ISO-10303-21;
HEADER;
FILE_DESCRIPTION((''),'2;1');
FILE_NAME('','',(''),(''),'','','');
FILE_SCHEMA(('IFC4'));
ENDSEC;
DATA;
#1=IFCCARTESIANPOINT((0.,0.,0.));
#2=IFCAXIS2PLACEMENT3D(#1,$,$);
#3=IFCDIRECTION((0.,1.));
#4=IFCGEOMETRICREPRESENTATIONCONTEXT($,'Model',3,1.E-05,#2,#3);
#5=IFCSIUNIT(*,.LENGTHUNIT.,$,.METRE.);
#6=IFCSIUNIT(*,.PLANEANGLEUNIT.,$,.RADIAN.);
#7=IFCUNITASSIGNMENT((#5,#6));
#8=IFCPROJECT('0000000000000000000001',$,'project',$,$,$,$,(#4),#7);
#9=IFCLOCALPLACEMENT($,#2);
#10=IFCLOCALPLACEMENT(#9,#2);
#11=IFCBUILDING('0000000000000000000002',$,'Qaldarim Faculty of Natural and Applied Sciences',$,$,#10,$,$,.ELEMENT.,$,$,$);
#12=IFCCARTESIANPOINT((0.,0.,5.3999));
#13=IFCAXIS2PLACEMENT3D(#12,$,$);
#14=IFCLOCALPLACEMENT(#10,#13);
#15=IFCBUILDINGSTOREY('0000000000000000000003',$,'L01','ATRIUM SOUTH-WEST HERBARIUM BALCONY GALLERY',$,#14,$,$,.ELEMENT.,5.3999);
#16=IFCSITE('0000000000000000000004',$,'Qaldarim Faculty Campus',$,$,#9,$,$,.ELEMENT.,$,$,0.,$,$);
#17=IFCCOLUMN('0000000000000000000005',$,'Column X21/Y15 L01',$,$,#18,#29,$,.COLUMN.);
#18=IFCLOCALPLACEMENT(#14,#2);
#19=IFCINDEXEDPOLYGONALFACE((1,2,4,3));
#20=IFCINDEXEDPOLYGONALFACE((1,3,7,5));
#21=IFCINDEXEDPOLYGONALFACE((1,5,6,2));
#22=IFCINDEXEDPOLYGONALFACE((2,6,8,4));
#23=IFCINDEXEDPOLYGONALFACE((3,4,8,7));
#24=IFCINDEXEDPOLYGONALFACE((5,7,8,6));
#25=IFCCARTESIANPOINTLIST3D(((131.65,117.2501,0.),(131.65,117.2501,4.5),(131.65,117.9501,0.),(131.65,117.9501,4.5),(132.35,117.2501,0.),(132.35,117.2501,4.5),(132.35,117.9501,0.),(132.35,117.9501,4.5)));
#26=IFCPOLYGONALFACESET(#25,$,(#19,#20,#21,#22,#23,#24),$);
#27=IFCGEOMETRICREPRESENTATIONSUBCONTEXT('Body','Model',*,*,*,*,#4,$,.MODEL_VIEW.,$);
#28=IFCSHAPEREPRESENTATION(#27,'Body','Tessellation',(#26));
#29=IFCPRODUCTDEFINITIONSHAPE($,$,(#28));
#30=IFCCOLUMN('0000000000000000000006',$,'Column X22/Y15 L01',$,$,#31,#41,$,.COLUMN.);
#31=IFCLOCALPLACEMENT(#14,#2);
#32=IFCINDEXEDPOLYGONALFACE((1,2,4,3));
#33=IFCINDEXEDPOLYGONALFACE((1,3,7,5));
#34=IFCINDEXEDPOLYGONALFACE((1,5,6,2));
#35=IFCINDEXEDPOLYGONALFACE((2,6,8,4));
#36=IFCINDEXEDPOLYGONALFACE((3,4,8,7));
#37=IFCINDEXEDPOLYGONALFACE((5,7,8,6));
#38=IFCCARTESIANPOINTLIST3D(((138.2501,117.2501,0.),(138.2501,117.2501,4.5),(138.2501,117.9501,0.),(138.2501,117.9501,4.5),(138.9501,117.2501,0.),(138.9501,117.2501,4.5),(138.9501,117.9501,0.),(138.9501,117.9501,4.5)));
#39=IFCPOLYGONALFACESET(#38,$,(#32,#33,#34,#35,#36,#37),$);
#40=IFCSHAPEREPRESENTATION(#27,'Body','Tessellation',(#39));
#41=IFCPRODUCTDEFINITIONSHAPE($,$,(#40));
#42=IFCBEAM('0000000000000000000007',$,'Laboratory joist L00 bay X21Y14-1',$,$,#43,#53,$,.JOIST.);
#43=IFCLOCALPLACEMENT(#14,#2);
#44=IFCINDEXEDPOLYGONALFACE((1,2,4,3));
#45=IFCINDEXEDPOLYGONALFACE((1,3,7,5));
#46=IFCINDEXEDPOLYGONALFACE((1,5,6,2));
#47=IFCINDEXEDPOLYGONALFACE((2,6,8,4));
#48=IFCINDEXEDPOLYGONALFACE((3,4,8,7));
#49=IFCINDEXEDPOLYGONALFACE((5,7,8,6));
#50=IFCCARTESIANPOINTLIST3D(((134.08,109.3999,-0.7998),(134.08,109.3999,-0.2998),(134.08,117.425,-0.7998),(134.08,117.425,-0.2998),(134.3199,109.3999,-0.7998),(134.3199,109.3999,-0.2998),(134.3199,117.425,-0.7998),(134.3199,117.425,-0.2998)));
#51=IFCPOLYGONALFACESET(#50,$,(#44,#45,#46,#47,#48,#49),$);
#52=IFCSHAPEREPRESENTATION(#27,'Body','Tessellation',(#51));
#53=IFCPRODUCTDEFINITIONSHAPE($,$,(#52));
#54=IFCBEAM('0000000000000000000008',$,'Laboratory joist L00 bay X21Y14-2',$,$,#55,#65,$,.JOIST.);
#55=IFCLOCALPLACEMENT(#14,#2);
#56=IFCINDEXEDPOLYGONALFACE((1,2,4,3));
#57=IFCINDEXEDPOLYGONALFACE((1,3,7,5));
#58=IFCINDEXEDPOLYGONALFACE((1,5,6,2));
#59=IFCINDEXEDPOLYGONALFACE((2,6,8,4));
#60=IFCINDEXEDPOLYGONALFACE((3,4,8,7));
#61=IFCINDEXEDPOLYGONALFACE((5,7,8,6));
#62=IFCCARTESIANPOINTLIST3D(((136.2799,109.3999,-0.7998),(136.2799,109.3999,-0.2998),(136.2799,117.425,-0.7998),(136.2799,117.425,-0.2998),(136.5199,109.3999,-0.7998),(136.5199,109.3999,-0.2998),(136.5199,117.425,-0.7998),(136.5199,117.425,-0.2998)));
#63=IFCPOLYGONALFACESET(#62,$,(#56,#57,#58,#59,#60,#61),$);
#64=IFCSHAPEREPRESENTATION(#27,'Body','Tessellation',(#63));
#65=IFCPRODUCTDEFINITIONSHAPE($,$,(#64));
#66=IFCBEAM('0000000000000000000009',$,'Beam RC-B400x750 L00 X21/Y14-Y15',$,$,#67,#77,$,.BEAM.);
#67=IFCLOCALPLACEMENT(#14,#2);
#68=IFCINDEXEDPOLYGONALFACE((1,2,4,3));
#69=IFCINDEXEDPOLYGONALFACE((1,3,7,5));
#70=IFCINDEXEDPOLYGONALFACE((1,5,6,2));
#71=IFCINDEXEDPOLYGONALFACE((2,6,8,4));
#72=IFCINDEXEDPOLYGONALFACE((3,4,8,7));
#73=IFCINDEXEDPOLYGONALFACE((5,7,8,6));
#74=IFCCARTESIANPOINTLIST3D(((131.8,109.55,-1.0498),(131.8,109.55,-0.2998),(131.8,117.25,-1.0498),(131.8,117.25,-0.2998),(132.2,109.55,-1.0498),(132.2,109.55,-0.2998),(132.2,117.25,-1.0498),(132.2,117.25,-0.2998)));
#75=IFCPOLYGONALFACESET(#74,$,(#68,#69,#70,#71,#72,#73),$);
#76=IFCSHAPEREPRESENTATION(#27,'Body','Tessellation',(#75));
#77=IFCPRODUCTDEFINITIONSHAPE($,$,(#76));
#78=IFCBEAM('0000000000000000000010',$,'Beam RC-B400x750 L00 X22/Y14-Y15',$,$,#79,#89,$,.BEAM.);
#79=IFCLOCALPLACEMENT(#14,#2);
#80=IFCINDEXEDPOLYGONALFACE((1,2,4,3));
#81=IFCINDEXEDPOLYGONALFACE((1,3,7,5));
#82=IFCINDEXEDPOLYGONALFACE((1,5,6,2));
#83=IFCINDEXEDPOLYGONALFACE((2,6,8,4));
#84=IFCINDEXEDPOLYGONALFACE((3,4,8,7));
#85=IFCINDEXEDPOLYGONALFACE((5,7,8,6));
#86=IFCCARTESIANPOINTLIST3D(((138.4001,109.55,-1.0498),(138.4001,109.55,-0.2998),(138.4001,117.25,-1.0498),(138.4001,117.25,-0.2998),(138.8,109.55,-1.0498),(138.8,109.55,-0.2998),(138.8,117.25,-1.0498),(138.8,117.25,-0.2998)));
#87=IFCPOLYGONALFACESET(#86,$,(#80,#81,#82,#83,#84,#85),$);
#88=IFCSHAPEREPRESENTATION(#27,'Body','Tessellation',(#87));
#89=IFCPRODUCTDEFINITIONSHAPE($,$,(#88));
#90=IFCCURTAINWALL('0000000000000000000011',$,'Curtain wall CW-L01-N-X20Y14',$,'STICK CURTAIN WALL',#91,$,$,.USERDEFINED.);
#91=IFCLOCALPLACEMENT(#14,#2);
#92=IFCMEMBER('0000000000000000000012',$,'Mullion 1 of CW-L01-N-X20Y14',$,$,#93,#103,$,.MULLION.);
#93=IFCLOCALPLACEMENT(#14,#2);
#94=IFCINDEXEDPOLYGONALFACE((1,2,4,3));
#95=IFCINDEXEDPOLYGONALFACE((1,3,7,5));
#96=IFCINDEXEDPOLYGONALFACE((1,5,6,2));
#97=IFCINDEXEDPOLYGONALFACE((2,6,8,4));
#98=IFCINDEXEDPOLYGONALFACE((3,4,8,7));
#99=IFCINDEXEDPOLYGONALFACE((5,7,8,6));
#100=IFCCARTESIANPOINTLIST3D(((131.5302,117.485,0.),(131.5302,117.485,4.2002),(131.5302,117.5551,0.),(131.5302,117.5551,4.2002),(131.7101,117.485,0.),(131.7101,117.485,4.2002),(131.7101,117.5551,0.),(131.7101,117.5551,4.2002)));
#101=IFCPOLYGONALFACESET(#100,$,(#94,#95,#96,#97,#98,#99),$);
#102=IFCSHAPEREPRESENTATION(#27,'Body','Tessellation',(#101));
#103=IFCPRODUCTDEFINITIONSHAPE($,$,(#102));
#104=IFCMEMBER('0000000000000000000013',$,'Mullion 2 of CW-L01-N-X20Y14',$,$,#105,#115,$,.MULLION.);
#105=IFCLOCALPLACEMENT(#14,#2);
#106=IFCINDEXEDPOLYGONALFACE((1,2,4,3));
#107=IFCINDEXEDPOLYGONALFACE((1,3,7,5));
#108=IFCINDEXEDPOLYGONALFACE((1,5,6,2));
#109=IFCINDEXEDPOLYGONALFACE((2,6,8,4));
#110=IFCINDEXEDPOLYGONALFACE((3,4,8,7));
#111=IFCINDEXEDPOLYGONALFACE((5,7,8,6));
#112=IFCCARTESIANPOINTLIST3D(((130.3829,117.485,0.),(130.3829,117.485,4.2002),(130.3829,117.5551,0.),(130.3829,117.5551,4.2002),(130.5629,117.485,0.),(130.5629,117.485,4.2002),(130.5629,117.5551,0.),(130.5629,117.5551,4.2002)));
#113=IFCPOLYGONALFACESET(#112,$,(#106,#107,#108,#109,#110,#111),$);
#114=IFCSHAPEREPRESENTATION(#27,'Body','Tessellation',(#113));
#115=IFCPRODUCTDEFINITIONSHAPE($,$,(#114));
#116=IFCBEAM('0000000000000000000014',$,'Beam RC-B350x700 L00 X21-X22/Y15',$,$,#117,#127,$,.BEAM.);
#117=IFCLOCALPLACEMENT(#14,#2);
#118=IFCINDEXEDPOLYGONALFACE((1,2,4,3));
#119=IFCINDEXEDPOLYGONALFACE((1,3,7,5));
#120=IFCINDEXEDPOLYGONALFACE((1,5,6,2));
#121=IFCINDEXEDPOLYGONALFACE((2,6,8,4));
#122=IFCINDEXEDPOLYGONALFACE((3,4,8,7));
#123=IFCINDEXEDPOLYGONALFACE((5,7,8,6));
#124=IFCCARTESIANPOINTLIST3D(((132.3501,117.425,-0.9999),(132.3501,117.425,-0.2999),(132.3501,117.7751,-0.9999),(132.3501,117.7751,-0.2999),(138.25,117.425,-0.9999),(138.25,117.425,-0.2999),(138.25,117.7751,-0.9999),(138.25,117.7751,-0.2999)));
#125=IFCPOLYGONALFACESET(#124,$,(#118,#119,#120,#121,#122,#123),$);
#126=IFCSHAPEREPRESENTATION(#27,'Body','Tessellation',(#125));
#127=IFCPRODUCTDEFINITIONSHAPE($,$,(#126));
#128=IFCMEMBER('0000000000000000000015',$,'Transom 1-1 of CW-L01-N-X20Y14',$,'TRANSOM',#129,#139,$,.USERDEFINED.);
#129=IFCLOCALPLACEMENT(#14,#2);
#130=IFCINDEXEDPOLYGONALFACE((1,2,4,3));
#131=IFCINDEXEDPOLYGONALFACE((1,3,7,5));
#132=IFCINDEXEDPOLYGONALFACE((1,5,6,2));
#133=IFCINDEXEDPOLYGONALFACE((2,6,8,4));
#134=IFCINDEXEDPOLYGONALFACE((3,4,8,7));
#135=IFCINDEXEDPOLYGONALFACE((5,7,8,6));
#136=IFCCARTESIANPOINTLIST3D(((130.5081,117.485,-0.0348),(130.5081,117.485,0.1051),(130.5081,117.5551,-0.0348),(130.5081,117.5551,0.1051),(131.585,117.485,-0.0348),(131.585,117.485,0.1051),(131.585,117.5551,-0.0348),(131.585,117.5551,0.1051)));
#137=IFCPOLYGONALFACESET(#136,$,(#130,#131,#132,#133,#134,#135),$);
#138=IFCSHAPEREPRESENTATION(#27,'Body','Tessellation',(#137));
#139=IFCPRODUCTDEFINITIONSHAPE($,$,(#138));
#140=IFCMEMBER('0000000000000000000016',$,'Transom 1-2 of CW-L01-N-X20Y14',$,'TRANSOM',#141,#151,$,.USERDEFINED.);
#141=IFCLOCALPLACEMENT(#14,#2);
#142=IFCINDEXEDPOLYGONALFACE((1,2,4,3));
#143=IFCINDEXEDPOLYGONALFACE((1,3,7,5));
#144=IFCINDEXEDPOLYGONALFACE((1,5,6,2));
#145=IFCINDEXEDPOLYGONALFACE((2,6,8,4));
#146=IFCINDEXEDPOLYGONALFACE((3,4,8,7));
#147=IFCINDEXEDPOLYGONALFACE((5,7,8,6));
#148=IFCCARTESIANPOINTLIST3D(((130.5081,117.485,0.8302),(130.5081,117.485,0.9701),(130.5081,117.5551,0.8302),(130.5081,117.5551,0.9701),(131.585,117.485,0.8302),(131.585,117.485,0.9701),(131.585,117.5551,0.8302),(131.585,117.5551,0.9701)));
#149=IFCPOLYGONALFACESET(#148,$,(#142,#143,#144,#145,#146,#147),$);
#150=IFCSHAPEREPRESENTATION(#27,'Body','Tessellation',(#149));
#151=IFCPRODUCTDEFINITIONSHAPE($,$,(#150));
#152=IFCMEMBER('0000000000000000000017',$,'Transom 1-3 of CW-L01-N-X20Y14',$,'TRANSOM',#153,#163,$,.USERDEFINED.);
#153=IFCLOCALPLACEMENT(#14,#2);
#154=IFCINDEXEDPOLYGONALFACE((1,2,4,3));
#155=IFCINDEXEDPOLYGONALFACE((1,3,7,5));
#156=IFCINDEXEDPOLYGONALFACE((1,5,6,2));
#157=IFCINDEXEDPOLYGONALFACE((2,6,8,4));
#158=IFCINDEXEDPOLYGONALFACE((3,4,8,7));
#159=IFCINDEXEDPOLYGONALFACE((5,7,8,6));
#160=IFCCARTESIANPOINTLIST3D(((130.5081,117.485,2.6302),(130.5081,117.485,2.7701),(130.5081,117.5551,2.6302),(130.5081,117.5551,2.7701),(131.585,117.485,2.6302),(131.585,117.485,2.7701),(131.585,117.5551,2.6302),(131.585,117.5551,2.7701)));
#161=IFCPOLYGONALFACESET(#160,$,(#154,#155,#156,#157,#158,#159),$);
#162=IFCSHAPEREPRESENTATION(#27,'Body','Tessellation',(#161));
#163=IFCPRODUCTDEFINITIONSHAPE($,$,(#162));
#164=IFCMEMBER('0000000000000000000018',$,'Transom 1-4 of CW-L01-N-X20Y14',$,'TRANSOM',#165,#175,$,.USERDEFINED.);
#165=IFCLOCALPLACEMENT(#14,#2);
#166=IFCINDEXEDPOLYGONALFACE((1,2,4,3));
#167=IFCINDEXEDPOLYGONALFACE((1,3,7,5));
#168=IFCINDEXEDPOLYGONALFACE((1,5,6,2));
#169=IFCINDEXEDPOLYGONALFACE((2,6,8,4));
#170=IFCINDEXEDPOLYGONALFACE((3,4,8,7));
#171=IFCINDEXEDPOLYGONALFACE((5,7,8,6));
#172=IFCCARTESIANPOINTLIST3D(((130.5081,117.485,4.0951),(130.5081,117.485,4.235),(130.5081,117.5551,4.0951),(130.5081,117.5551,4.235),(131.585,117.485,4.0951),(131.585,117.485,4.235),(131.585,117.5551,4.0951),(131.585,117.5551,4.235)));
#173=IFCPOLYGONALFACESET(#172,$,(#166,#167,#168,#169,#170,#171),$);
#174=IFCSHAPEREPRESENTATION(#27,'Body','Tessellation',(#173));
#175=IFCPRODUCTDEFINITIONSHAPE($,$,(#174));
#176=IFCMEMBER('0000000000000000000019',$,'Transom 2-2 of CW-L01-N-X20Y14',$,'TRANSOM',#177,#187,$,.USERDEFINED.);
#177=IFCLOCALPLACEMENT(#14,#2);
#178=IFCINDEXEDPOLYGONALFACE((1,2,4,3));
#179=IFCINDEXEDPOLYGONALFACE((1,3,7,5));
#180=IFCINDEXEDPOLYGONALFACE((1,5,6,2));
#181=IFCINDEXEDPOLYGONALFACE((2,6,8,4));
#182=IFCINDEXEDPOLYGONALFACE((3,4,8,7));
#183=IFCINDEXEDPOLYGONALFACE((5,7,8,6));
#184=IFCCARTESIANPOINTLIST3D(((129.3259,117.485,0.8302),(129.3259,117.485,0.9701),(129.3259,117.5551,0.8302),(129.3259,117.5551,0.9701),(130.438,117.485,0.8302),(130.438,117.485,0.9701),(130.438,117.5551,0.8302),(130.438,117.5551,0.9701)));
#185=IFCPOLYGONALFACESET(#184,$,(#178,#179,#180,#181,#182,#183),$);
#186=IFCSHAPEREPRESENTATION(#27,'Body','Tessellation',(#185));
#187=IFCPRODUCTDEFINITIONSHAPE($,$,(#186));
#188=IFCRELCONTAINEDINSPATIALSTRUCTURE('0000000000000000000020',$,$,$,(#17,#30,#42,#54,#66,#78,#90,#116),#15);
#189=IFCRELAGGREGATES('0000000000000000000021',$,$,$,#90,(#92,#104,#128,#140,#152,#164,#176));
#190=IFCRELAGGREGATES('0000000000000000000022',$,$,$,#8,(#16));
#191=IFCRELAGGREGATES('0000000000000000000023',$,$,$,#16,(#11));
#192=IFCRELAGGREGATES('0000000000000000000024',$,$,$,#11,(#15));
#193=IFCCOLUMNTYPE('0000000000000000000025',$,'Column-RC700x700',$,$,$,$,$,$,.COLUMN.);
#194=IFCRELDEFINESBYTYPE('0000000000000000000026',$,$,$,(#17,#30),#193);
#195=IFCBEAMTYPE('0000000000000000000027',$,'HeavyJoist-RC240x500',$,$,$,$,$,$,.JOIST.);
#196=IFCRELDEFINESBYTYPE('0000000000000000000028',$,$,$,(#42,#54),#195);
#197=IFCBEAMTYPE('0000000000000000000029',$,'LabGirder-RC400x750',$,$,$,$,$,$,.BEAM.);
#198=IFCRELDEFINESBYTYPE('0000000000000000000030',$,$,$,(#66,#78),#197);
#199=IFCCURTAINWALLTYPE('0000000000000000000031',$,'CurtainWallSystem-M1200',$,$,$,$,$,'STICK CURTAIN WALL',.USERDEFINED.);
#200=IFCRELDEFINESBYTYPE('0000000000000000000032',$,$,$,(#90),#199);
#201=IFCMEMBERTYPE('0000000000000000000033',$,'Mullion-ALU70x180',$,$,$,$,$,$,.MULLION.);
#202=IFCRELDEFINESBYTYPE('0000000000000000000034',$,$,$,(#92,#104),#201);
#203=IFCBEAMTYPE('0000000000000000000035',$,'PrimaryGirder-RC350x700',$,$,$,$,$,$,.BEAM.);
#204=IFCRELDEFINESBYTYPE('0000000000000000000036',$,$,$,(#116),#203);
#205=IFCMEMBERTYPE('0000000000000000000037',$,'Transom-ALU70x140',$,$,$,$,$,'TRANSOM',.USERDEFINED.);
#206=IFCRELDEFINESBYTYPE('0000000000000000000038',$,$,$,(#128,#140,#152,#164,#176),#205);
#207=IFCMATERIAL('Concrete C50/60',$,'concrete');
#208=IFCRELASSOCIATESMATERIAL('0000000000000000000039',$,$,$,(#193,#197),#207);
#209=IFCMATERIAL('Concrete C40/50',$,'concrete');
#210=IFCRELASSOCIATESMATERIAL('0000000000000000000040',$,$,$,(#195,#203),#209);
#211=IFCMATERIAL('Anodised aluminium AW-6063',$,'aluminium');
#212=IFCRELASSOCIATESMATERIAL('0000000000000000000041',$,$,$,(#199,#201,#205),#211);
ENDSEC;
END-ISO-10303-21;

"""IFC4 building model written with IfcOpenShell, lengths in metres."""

from ifc_helpers import new_model, si_unit, direction, frame, origin, origin_2d, place, context, subcontext, project, spatial, rectangle, extrude, material, material_profile, profile_set, type_object, element, aggregate, save


model = new_model("IFC4")

# Units and contexts
model_context = context("Model", 3, precision=1e-05, world=origin(), true_north=direction((0.0, 1.0)))
body_context = subcontext(model_context, "Body", "Model", "MODEL_VIEW")
ifc_project = project(units=[si_unit("LENGTHUNIT", "METRE"), si_unit("PLANEANGLEUNIT", "RADIAN")], contexts=[model_context])

# Site, building, storey
site_placement = place(None, origin())
site = spatial("IfcSite", under=ifc_project, at=site_placement, Name="Qaldarim Faculty Campus", CompositionType="ELEMENT", RefElevation=0.0)
building_placement = place(site_placement, origin())
building = spatial("IfcBuilding", under=site, at=building_placement, Name="Qaldarim Faculty of Natural and Applied Sciences", CompositionType="ELEMENT")
storey_placement = place(building_placement, frame((0.0, 0.0, 5.3999)))
storey = spatial("IfcBuildingStorey", under=building, at=storey_placement, Name="L01", Description="ATRIUM SOUTH-WEST HERBARIUM BALCONY GALLERY", CompositionType="ELEMENT", Elevation=5.3999)

# Columns
ifc_material_1 = material(Name="Concrete C50/60", Category="concrete")
ifc_material_profile_1 = material_profile(ifc_material_1, rectangle(XDim=0.7, YDim=0.7, at=origin_2d()), Name="RC-C700x700")
ifc_profile_set_1 = profile_set([ifc_material_profile_1], Name="Concrete C50/60")
column_type = type_object("IfcColumnType", Name="Column-RC700x700", PredefinedType="COLUMN", material=ifc_profile_set_1)
for number, where, z_axis, x_axis, name in (
    (1, (132.0, 117.6001, 0.0), (0.0, 0.0, 1.0), (1.0, 0.0, 0.0), "Column X21/Y15 L01"),
    (2, (138.6001, 117.6001, 0.0), (0.0, 0.0, 1.0), (1.0, 0.0, 0.0), "Column X22/Y15 L01"),
):
    element("IfcColumn", number, at=place(storey_placement, frame(where, z_axis=z_axis, x_axis=x_axis)), inside=storey, type_object=column_type, Name=name, PredefinedType="COLUMN", context=body_context, shape_type="SweptSolid", body=[
        extrude(rectangle(XDim=0.7, YDim=0.7, at=origin_2d()), origin(), (0.0, 0.0, 1.0), 4.5),
    ])

# Beams
ifc_material_2 = material(Name="Concrete C40/50", Category="concrete")
ifc_material_profile_2 = material_profile(ifc_material_2, rectangle(XDim=0.24, YDim=0.5, at=origin_2d()), Name="RC-J240x500")
ifc_profile_set_2 = profile_set([ifc_material_profile_2], Name="Concrete C40/50")
beam_type_1 = type_object("IfcBeamType", Name="HeavyJoist-RC240x500", PredefinedType="JOIST", material=ifc_profile_set_2)
for number, where, z_axis, x_axis, name in (
    (3, (134.2, 109.3999, -0.5498), (0.0, 1.0, 0.0), (-1.0, 0.0, 0.0), "Laboratory joist L00 bay X21Y14-1"),
    (4, (136.3999, 109.3999, -0.5498), (0.0, 1.0, 0.0), (-1.0, 0.0, 0.0), "Laboratory joist L00 bay X21Y14-2"),
):
    element("IfcBeam", number, at=place(storey_placement, frame(where, z_axis=z_axis, x_axis=x_axis)), inside=storey, type_object=beam_type_1, Name=name, PredefinedType="JOIST", context=body_context, shape_type="SweptSolid", body=[
        extrude(rectangle(XDim=0.24, YDim=0.5, at=origin_2d()), origin(), (0.0, 0.0, 1.0), 8.0251),
    ])
ifc_material_profile_3 = material_profile(ifc_material_1, rectangle(XDim=0.3999, YDim=0.75, at=origin_2d()), Name="RC-B400x750")
ifc_profile_set_3 = profile_set([ifc_material_profile_3], Name="Concrete C50/60")
beam_type_2 = type_object("IfcBeamType", Name="LabGirder-RC400x750", PredefinedType="BEAM", material=ifc_profile_set_3)
for number, where, z_axis, x_axis, name in (
    (5, (132.0, 109.55, -0.6748), (0.0, 1.0, 0.0), (-1.0, 0.0, 0.0), "Beam RC-B400x750 L00 X21/Y14-Y15"),
    (6, (138.6001, 109.55, -0.6748), (0.0, 1.0, 0.0), (-1.0, 0.0, 0.0), "Beam RC-B400x750 L00 X22/Y14-Y15"),
):
    element("IfcBeam", number, at=place(storey_placement, frame(where, z_axis=z_axis, x_axis=x_axis)), inside=storey, type_object=beam_type_2, Name=name, PredefinedType="BEAM", context=body_context, shape_type="SweptSolid", body=[
        extrude(rectangle(XDim=0.3999, YDim=0.75, at=origin_2d()), origin(), (0.0, 0.0, 1.0), 7.7),
    ])

# Curtain wall, members
ifc_material_3 = material(Name="Anodised aluminium AW-6063", Category="aluminium")
curtain_wall_type = type_object("IfcCurtainWallType", Name="CurtainWallSystem-M1200", ElementType="STICK CURTAIN WALL", PredefinedType="USERDEFINED", material=ifc_material_3)
curtain_wall_placement = place(storey_placement, origin())
curtain_wall = element("IfcCurtainWall", 7, at=curtain_wall_placement, inside=storey, type_object=curtain_wall_type, Name="Curtain wall CW-L01-N-X20Y14", ObjectType="STICK CURTAIN WALL", PredefinedType="USERDEFINED")
ifc_material_profile_4 = material_profile(ifc_material_3, rectangle(XDim=0.0701, YDim=0.1799, at=origin_2d()), Name="ALU-M70x180")
ifc_profile_set_4 = profile_set([ifc_material_profile_4], Name="Anodised aluminium AW-6063")
member_type_1 = type_object("IfcMemberType", Name="Mullion-ALU70x180", PredefinedType="MULLION", material=ifc_profile_set_4)
member_1_placement = place(storey_placement, frame((131.6201, 117.52, 0.0), z_axis=(0.0, 0.0, 1.0), x_axis=(0.0, -1.0, 0.0)))
member_1 = element("IfcMember", 8, at=member_1_placement, type_object=member_type_1, Name="Mullion 1 of CW-L01-N-X20Y14", PredefinedType="MULLION", context=body_context, shape_type="SweptSolid", body=[
    extrude(rectangle(XDim=0.0701, YDim=0.1799, at=origin_2d()), origin(), (0.0, 0.0, 1.0), 4.2002),
])
member_2_placement = place(storey_placement, frame((130.4729, 117.52, 0.0), z_axis=(0.0, 0.0, 1.0), x_axis=(0.0, -1.0, 0.0)))
member_2 = element("IfcMember", 9, at=member_2_placement, type_object=member_type_1, Name="Mullion 2 of CW-L01-N-X20Y14", PredefinedType="MULLION", context=body_context, shape_type="SweptSolid", body=[
    extrude(rectangle(XDim=0.0701, YDim=0.1799, at=origin_2d()), origin(), (0.0, 0.0, 1.0), 4.2002),
])

# Beam
ifc_material_profile_5 = material_profile(ifc_material_2, rectangle(XDim=0.3501, YDim=0.7, at=origin_2d()), Name="RC-B350x700")
ifc_profile_set_5 = profile_set([ifc_material_profile_5], Name="Concrete C40/50")
beam_type_3 = type_object("IfcBeamType", Name="PrimaryGirder-RC350x700", PredefinedType="BEAM", material=ifc_profile_set_5)
beam_placement = place(storey_placement, frame((132.3501, 117.6001, -0.6499), z_axis=(1.0, 0.0, 0.0), x_axis=(0.0, 1.0, 0.0)))
element("IfcBeam", 10, at=beam_placement, inside=storey, type_object=beam_type_3, Name="Beam RC-B350x700 L00 X21-X22/Y15", PredefinedType="BEAM", context=body_context, shape_type="SweptSolid", body=[
    extrude(rectangle(XDim=0.3501, YDim=0.7, at=origin_2d()), origin(), (0.0, 0.0, 1.0), 5.8999),
])

# Members
ifc_material_profile_6 = material_profile(ifc_material_3, rectangle(XDim=0.0701, YDim=0.1399, at=origin_2d()), Name="ALU-T70x140")
ifc_profile_set_6 = profile_set([ifc_material_profile_6], Name="Anodised aluminium AW-6063")
member_type_2 = type_object("IfcMemberType", Name="Transom-ALU70x140", ElementType="TRANSOM", PredefinedType="USERDEFINED", material=ifc_profile_set_6)
member_3_placement = place(storey_placement, frame((131.585, 117.52, 0.0352), z_axis=(-1.0, 0.0, 0.0), x_axis=(0.0, -1.0, 0.0)))
member_3 = element("IfcMember", 11, at=member_3_placement, type_object=member_type_2, Name="Transom 1-1 of CW-L01-N-X20Y14", ObjectType="TRANSOM", PredefinedType="USERDEFINED", context=body_context, shape_type="SweptSolid", body=[
    extrude(rectangle(XDim=0.0701, YDim=0.1399, at=origin_2d()), origin(), (0.0, 0.0, 1.0), 1.0769),
])
member_4_placement = place(storey_placement, frame((131.585, 117.52, 0.9001), z_axis=(-1.0, 0.0, 0.0), x_axis=(0.0, -1.0, 0.0)))
member_4 = element("IfcMember", 12, at=member_4_placement, type_object=member_type_2, Name="Transom 1-2 of CW-L01-N-X20Y14", ObjectType="TRANSOM", PredefinedType="USERDEFINED", context=body_context, shape_type="SweptSolid", body=[
    extrude(rectangle(XDim=0.0701, YDim=0.1399, at=origin_2d()), origin(), (0.0, 0.0, 1.0), 1.0769),
])
member_5_placement = place(storey_placement, frame((131.585, 117.52, 2.7002), z_axis=(-1.0, 0.0, 0.0), x_axis=(0.0, -1.0, 0.0)))
member_5 = element("IfcMember", 13, at=member_5_placement, type_object=member_type_2, Name="Transom 1-3 of CW-L01-N-X20Y14", ObjectType="TRANSOM", PredefinedType="USERDEFINED", context=body_context, shape_type="SweptSolid", body=[
    extrude(rectangle(XDim=0.0701, YDim=0.1399, at=origin_2d()), origin(), (0.0, 0.0, 1.0), 1.0769),
])
member_6_placement = place(storey_placement, frame((131.585, 117.52, 4.165), z_axis=(-1.0, 0.0, 0.0), x_axis=(0.0, -1.0, 0.0)))
member_6 = element("IfcMember", 14, at=member_6_placement, type_object=member_type_2, Name="Transom 1-4 of CW-L01-N-X20Y14", ObjectType="TRANSOM", PredefinedType="USERDEFINED", context=body_context, shape_type="SweptSolid", body=[
    extrude(rectangle(XDim=0.0701, YDim=0.1399, at=origin_2d()), origin(), (0.0, 0.0, 1.0), 1.0769),
])
member_7_placement = place(storey_placement, frame((130.438, 117.52, 0.9001), z_axis=(-1.0, 0.0, 0.0), x_axis=(0.0, -1.0, 0.0)))
member_7 = element("IfcMember", 15, at=member_7_placement, type_object=member_type_2, Name="Transom 2-2 of CW-L01-N-X20Y14", ObjectType="TRANSOM", PredefinedType="USERDEFINED", context=body_context, shape_type="SweptSolid", body=[
    extrude(rectangle(XDim=0.0701, YDim=0.1399, at=origin_2d()), origin(), (0.0, 0.0, 1.0), 1.1121),
])

aggregate(curtain_wall, [member_1, member_2, member_3, member_4, member_5, member_6, member_7])

save(model, "model.ifc")
